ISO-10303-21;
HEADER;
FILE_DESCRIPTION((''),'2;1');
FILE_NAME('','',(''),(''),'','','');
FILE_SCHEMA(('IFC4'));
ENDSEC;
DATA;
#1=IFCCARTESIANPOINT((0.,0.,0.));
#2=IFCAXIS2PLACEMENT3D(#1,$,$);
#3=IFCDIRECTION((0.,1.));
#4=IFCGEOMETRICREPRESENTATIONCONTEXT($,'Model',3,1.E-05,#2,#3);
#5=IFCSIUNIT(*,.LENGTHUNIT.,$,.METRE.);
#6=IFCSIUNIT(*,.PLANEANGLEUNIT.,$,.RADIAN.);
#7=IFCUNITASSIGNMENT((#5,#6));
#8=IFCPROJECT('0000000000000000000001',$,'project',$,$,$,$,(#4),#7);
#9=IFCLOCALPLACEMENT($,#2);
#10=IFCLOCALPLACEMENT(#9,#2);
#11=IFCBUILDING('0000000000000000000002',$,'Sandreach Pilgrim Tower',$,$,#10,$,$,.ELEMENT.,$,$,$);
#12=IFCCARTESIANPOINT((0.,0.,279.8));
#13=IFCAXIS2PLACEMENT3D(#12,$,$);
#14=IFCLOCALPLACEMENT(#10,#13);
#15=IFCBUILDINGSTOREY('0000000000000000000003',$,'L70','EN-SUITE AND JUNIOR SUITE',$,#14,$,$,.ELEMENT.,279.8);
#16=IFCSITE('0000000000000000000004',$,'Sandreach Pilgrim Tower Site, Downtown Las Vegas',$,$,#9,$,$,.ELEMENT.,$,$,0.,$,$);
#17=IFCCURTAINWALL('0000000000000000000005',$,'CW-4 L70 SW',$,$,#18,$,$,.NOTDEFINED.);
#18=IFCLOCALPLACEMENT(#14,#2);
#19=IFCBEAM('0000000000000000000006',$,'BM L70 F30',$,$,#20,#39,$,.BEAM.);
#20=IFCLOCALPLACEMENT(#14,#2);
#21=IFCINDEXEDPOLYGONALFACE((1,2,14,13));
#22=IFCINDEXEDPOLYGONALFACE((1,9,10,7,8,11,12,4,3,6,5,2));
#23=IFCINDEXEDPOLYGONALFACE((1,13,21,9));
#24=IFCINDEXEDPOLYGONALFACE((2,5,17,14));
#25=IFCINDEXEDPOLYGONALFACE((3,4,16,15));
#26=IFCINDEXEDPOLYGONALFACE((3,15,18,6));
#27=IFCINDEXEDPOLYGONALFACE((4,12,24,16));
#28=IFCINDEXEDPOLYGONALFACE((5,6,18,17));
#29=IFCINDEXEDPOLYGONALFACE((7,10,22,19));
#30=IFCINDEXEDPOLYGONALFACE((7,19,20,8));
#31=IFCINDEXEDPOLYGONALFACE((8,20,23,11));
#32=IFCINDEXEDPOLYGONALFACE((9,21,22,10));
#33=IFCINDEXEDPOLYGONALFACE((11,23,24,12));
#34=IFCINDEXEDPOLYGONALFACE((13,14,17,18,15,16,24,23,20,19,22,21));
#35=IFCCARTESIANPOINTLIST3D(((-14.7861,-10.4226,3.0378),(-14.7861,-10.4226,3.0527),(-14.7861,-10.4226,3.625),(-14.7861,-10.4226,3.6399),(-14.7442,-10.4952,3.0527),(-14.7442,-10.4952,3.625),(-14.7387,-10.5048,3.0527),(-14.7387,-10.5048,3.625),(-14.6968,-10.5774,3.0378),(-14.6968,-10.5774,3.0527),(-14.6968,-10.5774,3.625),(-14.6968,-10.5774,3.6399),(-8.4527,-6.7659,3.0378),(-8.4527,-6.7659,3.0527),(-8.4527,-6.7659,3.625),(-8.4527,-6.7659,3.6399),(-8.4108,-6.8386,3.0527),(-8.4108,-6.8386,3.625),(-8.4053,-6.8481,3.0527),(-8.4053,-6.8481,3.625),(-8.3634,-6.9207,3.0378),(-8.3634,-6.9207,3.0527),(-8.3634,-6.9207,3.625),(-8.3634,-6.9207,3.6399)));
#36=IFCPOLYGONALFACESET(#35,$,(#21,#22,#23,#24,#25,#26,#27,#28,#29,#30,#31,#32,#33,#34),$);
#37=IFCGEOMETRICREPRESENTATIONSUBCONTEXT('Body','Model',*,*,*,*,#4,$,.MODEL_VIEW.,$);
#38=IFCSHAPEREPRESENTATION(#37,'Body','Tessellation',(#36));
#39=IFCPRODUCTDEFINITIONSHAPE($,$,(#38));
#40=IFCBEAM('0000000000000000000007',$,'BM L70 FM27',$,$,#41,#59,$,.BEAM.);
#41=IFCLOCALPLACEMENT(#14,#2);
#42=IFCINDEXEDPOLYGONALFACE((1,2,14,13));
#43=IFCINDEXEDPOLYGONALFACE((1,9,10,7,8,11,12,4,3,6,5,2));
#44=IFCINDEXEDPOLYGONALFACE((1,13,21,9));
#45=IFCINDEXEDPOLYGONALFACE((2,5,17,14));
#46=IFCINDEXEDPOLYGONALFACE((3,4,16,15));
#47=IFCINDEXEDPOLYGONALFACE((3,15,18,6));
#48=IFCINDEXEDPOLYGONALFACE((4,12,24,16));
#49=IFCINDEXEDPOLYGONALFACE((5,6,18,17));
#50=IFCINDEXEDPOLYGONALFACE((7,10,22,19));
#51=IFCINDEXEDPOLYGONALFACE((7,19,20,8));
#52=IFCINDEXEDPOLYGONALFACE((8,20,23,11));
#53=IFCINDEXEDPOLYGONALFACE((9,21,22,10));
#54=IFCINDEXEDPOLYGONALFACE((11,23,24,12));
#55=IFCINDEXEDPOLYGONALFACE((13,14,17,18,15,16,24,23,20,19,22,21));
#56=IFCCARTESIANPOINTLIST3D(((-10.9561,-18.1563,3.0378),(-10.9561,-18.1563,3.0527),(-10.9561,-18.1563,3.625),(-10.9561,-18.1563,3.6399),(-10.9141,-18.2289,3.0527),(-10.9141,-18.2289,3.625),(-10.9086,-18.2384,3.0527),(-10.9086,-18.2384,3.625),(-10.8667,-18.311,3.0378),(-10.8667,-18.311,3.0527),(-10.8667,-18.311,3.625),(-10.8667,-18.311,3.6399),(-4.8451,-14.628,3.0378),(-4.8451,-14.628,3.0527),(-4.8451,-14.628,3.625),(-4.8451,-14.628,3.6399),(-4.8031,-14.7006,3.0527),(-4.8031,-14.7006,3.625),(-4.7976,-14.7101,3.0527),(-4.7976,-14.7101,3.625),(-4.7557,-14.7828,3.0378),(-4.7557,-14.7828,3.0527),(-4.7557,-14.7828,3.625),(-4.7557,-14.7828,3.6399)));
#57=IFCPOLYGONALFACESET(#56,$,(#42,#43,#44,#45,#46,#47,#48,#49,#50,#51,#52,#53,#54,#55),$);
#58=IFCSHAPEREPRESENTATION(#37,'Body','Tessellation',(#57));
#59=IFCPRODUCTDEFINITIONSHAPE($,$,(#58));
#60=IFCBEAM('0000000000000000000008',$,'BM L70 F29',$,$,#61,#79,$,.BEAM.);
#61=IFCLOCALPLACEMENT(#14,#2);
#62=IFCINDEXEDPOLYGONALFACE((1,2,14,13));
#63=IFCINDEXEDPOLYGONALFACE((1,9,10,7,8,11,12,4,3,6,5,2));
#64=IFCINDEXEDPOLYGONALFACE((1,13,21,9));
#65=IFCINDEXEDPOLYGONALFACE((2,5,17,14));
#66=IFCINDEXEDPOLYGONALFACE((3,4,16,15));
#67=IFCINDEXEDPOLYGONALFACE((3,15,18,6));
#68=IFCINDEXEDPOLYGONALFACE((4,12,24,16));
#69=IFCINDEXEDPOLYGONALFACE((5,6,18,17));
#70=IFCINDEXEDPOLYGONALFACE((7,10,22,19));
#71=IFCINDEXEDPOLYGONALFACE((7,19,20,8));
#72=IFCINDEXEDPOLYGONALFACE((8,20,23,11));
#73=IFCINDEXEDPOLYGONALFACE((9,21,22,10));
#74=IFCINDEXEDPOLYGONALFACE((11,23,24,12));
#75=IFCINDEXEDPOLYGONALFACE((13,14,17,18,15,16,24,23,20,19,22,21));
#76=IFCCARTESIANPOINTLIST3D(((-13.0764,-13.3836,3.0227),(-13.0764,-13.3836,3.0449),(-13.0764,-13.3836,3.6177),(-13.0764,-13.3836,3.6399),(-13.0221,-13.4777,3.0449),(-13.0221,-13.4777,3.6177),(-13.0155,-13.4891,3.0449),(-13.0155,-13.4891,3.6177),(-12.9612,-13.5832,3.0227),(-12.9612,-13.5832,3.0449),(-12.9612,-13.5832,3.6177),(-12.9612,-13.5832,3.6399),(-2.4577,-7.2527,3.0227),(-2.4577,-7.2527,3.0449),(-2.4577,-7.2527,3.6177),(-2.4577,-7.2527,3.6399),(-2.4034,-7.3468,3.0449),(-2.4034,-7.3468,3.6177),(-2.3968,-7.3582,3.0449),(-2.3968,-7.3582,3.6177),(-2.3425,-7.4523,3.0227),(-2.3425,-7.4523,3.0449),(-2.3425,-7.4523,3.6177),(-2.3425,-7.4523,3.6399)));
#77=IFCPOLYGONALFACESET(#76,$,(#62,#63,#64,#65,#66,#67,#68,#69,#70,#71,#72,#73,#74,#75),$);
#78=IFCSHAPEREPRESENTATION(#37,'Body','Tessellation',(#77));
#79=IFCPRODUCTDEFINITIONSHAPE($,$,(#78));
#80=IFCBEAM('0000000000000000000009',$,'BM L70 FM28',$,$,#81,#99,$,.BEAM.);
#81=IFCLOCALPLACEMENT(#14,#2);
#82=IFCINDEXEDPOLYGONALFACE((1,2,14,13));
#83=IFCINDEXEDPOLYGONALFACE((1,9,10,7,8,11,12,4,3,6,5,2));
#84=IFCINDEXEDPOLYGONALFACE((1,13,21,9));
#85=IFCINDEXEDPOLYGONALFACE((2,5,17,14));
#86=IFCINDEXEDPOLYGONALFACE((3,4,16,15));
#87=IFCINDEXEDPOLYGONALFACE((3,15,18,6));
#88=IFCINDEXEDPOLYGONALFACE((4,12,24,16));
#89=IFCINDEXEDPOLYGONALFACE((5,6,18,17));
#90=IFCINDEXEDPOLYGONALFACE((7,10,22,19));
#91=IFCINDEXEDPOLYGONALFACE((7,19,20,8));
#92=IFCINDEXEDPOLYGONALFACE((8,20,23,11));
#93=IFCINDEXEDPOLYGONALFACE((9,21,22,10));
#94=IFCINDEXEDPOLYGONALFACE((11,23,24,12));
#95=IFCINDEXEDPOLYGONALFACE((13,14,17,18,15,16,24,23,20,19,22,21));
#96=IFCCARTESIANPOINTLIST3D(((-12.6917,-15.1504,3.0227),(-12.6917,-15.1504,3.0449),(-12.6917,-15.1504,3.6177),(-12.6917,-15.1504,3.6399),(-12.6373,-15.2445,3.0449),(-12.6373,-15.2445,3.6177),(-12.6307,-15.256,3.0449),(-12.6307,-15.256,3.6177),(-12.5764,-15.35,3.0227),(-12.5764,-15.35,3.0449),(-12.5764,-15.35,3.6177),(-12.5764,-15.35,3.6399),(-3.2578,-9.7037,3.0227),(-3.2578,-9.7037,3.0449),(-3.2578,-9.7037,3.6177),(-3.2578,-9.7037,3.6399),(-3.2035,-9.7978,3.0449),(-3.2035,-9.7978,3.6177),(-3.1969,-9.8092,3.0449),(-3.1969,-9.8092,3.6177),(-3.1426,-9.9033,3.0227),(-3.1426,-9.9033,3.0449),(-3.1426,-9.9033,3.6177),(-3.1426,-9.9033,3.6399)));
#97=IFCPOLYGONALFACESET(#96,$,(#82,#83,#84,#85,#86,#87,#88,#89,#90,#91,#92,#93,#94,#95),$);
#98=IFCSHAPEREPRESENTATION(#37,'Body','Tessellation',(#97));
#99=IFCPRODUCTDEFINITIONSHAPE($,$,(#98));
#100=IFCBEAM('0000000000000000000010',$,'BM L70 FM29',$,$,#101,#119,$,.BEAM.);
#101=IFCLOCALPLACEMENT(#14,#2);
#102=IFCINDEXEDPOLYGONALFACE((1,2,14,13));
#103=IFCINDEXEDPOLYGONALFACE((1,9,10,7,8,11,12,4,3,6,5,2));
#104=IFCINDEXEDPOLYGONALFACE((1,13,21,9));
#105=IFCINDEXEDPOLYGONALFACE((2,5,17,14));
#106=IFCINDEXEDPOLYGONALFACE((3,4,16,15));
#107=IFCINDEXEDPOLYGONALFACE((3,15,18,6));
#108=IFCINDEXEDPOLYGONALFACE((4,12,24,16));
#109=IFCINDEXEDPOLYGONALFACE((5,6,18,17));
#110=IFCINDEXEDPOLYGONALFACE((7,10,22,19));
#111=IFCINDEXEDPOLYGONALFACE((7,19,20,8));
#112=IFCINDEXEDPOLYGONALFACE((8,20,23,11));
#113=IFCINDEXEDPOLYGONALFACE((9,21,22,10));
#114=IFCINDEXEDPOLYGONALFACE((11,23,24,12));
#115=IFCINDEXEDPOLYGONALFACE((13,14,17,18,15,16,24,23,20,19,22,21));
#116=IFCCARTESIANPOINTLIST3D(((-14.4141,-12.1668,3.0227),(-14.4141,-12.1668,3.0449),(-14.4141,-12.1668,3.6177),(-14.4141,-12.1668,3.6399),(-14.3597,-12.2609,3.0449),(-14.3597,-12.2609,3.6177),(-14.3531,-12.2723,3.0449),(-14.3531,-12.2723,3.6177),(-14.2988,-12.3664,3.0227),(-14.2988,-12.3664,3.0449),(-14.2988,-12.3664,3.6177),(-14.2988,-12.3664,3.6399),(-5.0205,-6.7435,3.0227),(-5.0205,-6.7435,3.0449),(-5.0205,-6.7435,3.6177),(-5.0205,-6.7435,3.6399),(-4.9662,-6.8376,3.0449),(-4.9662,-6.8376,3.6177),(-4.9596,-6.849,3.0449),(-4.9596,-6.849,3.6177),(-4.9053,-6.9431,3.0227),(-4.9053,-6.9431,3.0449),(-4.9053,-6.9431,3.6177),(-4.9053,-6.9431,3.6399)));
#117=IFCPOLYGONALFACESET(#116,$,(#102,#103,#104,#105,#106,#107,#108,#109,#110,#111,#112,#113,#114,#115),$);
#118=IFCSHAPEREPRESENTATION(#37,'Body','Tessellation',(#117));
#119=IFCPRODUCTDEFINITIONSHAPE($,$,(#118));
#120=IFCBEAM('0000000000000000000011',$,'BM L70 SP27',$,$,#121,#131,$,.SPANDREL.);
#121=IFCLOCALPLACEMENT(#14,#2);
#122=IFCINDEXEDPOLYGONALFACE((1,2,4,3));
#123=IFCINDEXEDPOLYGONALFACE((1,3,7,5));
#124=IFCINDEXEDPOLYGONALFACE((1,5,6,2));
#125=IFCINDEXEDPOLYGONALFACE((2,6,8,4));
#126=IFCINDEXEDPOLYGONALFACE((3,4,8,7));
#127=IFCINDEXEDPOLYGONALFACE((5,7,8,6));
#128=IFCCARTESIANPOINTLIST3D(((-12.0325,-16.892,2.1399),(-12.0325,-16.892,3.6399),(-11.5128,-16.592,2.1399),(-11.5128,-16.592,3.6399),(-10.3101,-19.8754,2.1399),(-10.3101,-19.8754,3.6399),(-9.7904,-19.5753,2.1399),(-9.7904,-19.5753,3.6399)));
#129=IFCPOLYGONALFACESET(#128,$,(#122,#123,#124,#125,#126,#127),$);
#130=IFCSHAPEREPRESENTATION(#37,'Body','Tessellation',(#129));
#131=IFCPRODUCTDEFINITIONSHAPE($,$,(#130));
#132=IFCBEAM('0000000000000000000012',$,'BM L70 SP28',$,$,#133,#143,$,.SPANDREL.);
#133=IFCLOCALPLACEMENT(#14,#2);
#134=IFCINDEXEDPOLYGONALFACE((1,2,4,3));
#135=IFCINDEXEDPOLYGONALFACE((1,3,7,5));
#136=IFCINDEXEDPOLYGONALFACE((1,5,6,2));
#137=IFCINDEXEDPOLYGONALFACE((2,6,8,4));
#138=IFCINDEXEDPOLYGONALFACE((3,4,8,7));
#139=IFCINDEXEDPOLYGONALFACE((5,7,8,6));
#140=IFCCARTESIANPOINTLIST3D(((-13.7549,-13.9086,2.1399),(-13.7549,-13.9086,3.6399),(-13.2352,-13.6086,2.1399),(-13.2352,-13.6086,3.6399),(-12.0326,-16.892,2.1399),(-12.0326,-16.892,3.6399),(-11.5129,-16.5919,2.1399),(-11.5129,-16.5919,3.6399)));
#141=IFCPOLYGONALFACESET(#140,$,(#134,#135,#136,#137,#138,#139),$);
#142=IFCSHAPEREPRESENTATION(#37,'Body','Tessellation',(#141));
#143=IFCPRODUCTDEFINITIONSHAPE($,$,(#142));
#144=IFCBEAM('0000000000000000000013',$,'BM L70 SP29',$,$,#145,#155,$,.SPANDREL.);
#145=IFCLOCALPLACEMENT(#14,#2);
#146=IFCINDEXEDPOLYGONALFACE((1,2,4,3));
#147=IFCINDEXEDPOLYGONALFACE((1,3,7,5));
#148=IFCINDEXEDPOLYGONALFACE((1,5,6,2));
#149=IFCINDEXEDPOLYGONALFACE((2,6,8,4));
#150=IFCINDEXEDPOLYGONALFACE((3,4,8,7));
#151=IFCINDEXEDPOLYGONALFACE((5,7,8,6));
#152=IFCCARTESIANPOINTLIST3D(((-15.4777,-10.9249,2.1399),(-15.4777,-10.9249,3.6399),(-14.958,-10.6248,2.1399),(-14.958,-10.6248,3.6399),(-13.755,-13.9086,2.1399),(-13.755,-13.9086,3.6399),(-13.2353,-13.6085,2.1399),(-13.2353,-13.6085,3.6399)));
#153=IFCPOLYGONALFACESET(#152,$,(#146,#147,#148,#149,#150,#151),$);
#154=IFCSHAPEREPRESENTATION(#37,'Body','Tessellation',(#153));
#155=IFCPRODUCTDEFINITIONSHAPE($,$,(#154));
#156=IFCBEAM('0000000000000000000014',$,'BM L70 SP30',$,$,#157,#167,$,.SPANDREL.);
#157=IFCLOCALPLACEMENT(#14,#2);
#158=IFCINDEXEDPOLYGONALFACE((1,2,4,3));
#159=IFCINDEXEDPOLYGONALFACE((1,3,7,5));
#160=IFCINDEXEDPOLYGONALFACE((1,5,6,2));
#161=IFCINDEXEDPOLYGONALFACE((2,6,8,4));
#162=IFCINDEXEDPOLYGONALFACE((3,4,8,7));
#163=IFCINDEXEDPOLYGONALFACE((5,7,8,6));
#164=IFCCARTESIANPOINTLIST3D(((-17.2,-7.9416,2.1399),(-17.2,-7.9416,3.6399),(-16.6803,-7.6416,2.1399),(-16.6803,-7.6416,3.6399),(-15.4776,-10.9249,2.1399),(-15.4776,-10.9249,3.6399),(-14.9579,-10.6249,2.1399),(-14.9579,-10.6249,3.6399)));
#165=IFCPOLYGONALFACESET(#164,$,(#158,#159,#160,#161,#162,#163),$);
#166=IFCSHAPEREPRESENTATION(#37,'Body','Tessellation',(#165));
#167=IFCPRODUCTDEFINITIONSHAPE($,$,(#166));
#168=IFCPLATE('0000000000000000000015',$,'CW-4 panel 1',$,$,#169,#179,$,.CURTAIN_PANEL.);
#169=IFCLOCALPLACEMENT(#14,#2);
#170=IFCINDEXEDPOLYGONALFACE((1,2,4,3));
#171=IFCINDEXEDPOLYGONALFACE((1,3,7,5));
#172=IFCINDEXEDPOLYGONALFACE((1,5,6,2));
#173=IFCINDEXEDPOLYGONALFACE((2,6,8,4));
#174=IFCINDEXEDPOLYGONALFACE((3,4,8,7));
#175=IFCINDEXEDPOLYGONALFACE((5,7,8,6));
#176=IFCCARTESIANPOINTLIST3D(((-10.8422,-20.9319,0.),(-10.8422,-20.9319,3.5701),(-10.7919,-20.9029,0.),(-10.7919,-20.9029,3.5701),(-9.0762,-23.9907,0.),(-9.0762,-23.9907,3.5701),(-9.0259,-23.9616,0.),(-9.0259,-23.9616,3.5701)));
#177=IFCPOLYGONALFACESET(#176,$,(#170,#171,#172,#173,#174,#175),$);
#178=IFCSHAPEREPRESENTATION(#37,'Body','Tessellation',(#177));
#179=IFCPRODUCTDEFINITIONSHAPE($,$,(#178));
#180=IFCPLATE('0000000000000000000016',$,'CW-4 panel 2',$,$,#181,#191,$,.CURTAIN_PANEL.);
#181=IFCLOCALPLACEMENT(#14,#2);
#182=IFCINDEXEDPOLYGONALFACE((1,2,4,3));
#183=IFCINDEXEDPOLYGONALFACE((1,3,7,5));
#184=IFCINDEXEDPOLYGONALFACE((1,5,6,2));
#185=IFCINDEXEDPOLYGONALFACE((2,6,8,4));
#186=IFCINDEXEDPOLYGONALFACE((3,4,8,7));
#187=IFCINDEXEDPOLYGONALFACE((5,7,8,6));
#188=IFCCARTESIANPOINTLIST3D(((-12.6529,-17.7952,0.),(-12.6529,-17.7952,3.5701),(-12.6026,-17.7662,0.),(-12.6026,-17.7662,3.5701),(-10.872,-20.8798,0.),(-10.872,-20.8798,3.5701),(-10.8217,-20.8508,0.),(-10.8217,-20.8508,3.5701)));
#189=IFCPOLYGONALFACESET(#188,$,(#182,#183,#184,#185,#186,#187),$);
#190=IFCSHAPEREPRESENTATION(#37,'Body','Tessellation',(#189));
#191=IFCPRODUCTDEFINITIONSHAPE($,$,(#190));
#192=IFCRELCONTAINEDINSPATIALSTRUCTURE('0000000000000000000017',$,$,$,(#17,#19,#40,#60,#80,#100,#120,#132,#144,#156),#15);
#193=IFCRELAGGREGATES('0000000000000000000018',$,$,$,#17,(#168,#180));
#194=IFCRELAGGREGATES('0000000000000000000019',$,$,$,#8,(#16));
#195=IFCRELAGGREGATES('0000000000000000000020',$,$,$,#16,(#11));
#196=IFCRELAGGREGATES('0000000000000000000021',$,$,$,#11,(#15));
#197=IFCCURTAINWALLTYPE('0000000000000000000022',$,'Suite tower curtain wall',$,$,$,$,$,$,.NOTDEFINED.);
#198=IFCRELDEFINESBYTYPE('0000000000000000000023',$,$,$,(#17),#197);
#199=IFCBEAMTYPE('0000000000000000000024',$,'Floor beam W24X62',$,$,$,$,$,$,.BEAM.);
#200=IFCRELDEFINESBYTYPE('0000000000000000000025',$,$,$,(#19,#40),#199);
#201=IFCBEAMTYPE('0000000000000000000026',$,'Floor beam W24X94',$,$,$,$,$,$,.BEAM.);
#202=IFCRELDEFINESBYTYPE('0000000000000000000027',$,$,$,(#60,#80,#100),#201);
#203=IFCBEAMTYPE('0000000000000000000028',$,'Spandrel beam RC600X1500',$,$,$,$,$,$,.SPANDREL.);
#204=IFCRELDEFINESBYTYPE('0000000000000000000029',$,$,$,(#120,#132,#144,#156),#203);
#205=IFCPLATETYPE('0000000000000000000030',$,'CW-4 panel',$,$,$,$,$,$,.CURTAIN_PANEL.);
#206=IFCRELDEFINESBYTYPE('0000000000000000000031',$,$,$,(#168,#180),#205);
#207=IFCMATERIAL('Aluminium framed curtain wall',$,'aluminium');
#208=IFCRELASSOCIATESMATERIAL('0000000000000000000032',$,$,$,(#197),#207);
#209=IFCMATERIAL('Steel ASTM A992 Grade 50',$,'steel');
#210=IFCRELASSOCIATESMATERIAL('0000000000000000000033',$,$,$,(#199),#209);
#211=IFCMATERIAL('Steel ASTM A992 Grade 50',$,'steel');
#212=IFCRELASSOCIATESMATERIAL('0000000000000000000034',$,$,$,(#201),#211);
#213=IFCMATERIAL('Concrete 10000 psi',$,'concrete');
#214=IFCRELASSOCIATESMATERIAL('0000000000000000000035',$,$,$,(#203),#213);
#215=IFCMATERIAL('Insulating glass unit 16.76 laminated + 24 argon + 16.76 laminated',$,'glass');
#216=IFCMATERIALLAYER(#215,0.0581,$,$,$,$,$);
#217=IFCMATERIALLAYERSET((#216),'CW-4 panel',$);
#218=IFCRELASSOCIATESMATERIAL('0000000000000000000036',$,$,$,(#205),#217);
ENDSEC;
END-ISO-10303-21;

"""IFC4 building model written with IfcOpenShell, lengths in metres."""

from ifc_helpers import new_model, si_unit, direction, frame, origin, origin_2d, place, context, subcontext, project, spatial, rectangle, i_section, extrude, material, layer, layer_set, material_profile, profile_set, type_object, element, aggregate, save


model = new_model("IFC4")

# Units and contexts
model_context = context("Model", 3, precision=1e-05, world=origin(), true_north=direction((0.0, 1.0)))
body_context = subcontext(model_context, "Body", "Model", "MODEL_VIEW")
ifc_project = project(units=[si_unit("LENGTHUNIT", "METRE"), si_unit("PLANEANGLEUNIT", "RADIAN")], contexts=[model_context])

# Site, building, storey
site_placement = place(None, origin())
site = spatial("IfcSite", under=ifc_project, at=site_placement, Name="Sandreach Pilgrim Tower Site, Downtown Las Vegas", CompositionType="ELEMENT", RefElevation=0.0)
building_placement = place(site_placement, origin())
building = spatial("IfcBuilding", under=site, at=building_placement, Name="Sandreach Pilgrim Tower", CompositionType="ELEMENT")
storey_placement = place(building_placement, frame((0.0, 0.0, 279.8)))
storey = spatial("IfcBuildingStorey", under=building, at=storey_placement, Name="L70", Description="EN-SUITE AND JUNIOR SUITE", CompositionType="ELEMENT", Elevation=279.8)

# Curtain wall
ifc_material_1 = material(Name="Aluminium framed curtain wall", Category="aluminium")
curtain_wall_type = type_object("IfcCurtainWallType", Name="Suite tower curtain wall", PredefinedType="NOTDEFINED", material=ifc_material_1)
curtain_wall_placement = place(storey_placement, origin())
curtain_wall = element("IfcCurtainWall", 1, at=curtain_wall_placement, inside=storey, type_object=curtain_wall_type, Name="CW-4 L70 SW", PredefinedType="NOTDEFINED")

# Beams
ifc_material_2 = material(Name="Steel ASTM A992 Grade 50", Category="steel")
ifc_material_profile_1 = material_profile(ifc_material_2, i_section(OverallWidth=0.1787, OverallDepth=0.6021, WebThickness=0.011, FlangeThickness=0.0149, at=origin_2d()), Name="W24X62")
ifc_profile_set_1 = profile_set([ifc_material_profile_1], Name="Steel ASTM A992 Grade 50")
beam_type_1 = type_object("IfcBeamType", Name="Floor beam W24X62", PredefinedType="BEAM", material=ifc_profile_set_1)
beam_1_placement = place(storey_placement, frame((-14.7415, -10.5, 3.3389), z_axis=(0.86602, 0.500009, 0.0), x_axis=(-0.500009, 0.86602, 0.0)))
element("IfcBeam", 2, at=beam_1_placement, inside=storey, type_object=beam_type_1, Name="BM L70 F30", PredefinedType="BEAM", context=body_context, shape_type="SweptSolid", body=[
    extrude(i_section(OverallWidth=0.1787, OverallDepth=0.6021, WebThickness=0.011, FlangeThickness=0.0149, at=origin_2d()), origin(), (0.0, 0.0, 1.0), 7.3132),
])
beam_2_placement = place(storey_placement, frame((-10.9114, -18.2336, 3.3389), z_axis=(0.86602, 0.500009, 0.0), x_axis=(-0.500009, 0.86602, 0.0)))
element("IfcBeam", 3, at=beam_2_placement, inside=storey, type_object=beam_type_1, Name="BM L70 FM27", PredefinedType="BEAM", context=body_context, shape_type="SweptSolid", body=[
    extrude(i_section(OverallWidth=0.1787, OverallDepth=0.6021, WebThickness=0.011, FlangeThickness=0.0149, at=origin_2d()), origin(), (0.0, 0.0, 1.0), 7.0564),
])
ifc_material_3 = material(Name="Steel ASTM A992 Grade 50", Category="steel")
ifc_material_profile_2 = material_profile(ifc_material_3, i_section(OverallWidth=0.2305, OverallDepth=0.6172, WebThickness=0.0132, FlangeThickness=0.0222, at=origin_2d()), Name="W24X94")
ifc_profile_set_2 = profile_set([ifc_material_profile_2], Name="Steel ASTM A992 Grade 50")
beam_type_2 = type_object("IfcBeamType", Name="Floor beam W24X94", PredefinedType="BEAM", material=ifc_profile_set_2)
beam_3_placement = place(storey_placement, frame((-13.0188, -13.4834, 3.3313), z_axis=(0.866019, 0.500011, 0.0), x_axis=(-0.500011, 0.866019, 0.0)))
element("IfcBeam", 4, at=beam_3_placement, inside=storey, type_object=beam_type_2, Name="BM L70 F29", PredefinedType="BEAM", context=body_context, shape_type="SweptSolid", body=[
    extrude(i_section(OverallWidth=0.2305, OverallDepth=0.6172, WebThickness=0.0132, FlangeThickness=0.0222, at=origin_2d()), origin(), (0.0, 0.0, 1.0), 12.2615),
])
beam_4_placement = place(storey_placement, frame((-12.634, -15.2502, 3.3313), z_axis=(0.86602, 0.50001, 0.0), x_axis=(-0.50001, 0.86602, 0.0)))
element("IfcBeam", 5, at=beam_4_placement, inside=storey, type_object=beam_type_2, Name="BM L70 FM28", PredefinedType="BEAM", context=body_context, shape_type="SweptSolid", body=[
    extrude(i_section(OverallWidth=0.2305, OverallDepth=0.6172, WebThickness=0.0132, FlangeThickness=0.0222, at=origin_2d()), origin(), (0.0, 0.0, 1.0), 10.8933),
])
beam_5_placement = place(storey_placement, frame((-14.3564, -12.2666, 3.3313), z_axis=(0.866027, 0.499998, 0.0), x_axis=(-0.499998, 0.866027, 0.0)))
element("IfcBeam", 6, at=beam_5_placement, inside=storey, type_object=beam_type_2, Name="BM L70 FM29", PredefinedType="BEAM", context=body_context, shape_type="SweptSolid", body=[
    extrude(i_section(OverallWidth=0.2305, OverallDepth=0.6172, WebThickness=0.0132, FlangeThickness=0.0222, at=origin_2d()), origin(), (0.0, 0.0, 1.0), 10.8467),
])
ifc_material_4 = material(Name="Concrete 10000 psi", Category="concrete")
ifc_material_profile_3 = material_profile(ifc_material_4, rectangle(XDim=0.6001, YDim=1.5, at=origin_2d()), Name="RC600X1500")
ifc_profile_set_3 = profile_set([ifc_material_profile_3], Name="Concrete 10000 psi")
beam_type_3 = type_object("IfcBeamType", Name="Spandrel beam RC600X1500", PredefinedType="SPANDREL", material=ifc_profile_set_3)
for number, where, z_axis, x_axis, name in (
    (7, (-10.0503, -19.7253, 2.8899), (-0.499988, 0.866032, 0.0), (-0.866032, -0.499988, 0.0), "BM L70 SP27"),
    (8, (-11.7727, -16.7419, 2.8899), (-0.499988, 0.866032, 0.0), (-0.866032, -0.499988, 0.0), "BM L70 SP28"),
):
    element("IfcBeam", number, at=place(storey_placement, frame(where, z_axis=z_axis, x_axis=x_axis)), inside=storey, type_object=beam_type_3, Name=name, PredefinedType="SPANDREL", context=body_context, shape_type="SweptSolid", body=[
        extrude(rectangle(XDim=0.6001, YDim=1.5, at=origin_2d()), origin(), (0.0, 0.0, 1.0), 3.4448),
    ])
beam_6_placement = place(storey_placement, frame((-13.4951, -13.7585, 2.8899), z_axis=(-0.500011, 0.866019, 0.0), x_axis=(-0.866019, -0.500011, 0.0)))
element("IfcBeam", 9, at=beam_6_placement, inside=storey, type_object=beam_type_3, Name="BM L70 SP29", PredefinedType="SPANDREL", context=body_context, shape_type="SweptSolid", body=[
    extrude(rectangle(XDim=0.6001, YDim=1.5, at=origin_2d()), origin(), (0.0, 0.0, 1.0), 3.4453),
])
beam_7_placement = place(storey_placement, frame((-15.2178, -10.7749, 2.8899), z_axis=(-0.499988, 0.866032, 0.0), x_axis=(-0.866032, -0.499988, 0.0)))
element("IfcBeam", 10, at=beam_7_placement, inside=storey, type_object=beam_type_3, Name="BM L70 SP30", PredefinedType="SPANDREL", context=body_context, shape_type="SweptSolid", body=[
    extrude(rectangle(XDim=0.6001, YDim=1.5, at=origin_2d()), origin(), (0.0, 0.0, 1.0), 3.4448),
])

# Plates
ifc_material_5 = material(Name="Insulating glass unit 16.76 laminated + 24 argon + 16.76 laminated", Category="glass")
ifc_layer_1 = layer(ifc_material_5, 0.0581)
ifc_layer_set_1 = layer_set([ifc_layer_1], Name="CW-4 panel")
plate_type = type_object("IfcPlateType", Name="CW-4 panel", PredefinedType="CURTAIN_PANEL", material=ifc_layer_set_1)
plate_1_placement = place(storey_placement, frame((-9.9341, -22.4468, 0.0), z_axis=(0.0, 0.0, 1.0), x_axis=(-0.5, 0.866025, 0.0)))
plate_1 = element("IfcPlate", 11, at=plate_1_placement, type_object=plate_type, Name="CW-4 panel 1", PredefinedType="CURTAIN_PANEL", context=body_context, shape_type="SweptSolid", body=[
    extrude(rectangle(XDim=3.532, YDim=0.0581, at=origin_2d()), origin(), (0.0, 0.0, 1.0), 3.5701),
])
plate_2_placement = place(storey_placement, frame((-11.7373, -19.323, 0.0), z_axis=(0.0, 0.0, 1.0), x_axis=(-0.5, 0.866025, 0.0)))
plate_2 = element("IfcPlate", 12, at=plate_2_placement, type_object=plate_type, Name="CW-4 panel 2", PredefinedType="CURTAIN_PANEL", context=body_context, shape_type="SweptSolid", body=[
    extrude(rectangle(XDim=3.5618, YDim=0.0581, at=origin_2d()), origin(), (0.0, 0.0, 1.0), 3.5701),
])
aggregate(curtain_wall, [plate_1, plate_2])

save(model, "model.ifc")
